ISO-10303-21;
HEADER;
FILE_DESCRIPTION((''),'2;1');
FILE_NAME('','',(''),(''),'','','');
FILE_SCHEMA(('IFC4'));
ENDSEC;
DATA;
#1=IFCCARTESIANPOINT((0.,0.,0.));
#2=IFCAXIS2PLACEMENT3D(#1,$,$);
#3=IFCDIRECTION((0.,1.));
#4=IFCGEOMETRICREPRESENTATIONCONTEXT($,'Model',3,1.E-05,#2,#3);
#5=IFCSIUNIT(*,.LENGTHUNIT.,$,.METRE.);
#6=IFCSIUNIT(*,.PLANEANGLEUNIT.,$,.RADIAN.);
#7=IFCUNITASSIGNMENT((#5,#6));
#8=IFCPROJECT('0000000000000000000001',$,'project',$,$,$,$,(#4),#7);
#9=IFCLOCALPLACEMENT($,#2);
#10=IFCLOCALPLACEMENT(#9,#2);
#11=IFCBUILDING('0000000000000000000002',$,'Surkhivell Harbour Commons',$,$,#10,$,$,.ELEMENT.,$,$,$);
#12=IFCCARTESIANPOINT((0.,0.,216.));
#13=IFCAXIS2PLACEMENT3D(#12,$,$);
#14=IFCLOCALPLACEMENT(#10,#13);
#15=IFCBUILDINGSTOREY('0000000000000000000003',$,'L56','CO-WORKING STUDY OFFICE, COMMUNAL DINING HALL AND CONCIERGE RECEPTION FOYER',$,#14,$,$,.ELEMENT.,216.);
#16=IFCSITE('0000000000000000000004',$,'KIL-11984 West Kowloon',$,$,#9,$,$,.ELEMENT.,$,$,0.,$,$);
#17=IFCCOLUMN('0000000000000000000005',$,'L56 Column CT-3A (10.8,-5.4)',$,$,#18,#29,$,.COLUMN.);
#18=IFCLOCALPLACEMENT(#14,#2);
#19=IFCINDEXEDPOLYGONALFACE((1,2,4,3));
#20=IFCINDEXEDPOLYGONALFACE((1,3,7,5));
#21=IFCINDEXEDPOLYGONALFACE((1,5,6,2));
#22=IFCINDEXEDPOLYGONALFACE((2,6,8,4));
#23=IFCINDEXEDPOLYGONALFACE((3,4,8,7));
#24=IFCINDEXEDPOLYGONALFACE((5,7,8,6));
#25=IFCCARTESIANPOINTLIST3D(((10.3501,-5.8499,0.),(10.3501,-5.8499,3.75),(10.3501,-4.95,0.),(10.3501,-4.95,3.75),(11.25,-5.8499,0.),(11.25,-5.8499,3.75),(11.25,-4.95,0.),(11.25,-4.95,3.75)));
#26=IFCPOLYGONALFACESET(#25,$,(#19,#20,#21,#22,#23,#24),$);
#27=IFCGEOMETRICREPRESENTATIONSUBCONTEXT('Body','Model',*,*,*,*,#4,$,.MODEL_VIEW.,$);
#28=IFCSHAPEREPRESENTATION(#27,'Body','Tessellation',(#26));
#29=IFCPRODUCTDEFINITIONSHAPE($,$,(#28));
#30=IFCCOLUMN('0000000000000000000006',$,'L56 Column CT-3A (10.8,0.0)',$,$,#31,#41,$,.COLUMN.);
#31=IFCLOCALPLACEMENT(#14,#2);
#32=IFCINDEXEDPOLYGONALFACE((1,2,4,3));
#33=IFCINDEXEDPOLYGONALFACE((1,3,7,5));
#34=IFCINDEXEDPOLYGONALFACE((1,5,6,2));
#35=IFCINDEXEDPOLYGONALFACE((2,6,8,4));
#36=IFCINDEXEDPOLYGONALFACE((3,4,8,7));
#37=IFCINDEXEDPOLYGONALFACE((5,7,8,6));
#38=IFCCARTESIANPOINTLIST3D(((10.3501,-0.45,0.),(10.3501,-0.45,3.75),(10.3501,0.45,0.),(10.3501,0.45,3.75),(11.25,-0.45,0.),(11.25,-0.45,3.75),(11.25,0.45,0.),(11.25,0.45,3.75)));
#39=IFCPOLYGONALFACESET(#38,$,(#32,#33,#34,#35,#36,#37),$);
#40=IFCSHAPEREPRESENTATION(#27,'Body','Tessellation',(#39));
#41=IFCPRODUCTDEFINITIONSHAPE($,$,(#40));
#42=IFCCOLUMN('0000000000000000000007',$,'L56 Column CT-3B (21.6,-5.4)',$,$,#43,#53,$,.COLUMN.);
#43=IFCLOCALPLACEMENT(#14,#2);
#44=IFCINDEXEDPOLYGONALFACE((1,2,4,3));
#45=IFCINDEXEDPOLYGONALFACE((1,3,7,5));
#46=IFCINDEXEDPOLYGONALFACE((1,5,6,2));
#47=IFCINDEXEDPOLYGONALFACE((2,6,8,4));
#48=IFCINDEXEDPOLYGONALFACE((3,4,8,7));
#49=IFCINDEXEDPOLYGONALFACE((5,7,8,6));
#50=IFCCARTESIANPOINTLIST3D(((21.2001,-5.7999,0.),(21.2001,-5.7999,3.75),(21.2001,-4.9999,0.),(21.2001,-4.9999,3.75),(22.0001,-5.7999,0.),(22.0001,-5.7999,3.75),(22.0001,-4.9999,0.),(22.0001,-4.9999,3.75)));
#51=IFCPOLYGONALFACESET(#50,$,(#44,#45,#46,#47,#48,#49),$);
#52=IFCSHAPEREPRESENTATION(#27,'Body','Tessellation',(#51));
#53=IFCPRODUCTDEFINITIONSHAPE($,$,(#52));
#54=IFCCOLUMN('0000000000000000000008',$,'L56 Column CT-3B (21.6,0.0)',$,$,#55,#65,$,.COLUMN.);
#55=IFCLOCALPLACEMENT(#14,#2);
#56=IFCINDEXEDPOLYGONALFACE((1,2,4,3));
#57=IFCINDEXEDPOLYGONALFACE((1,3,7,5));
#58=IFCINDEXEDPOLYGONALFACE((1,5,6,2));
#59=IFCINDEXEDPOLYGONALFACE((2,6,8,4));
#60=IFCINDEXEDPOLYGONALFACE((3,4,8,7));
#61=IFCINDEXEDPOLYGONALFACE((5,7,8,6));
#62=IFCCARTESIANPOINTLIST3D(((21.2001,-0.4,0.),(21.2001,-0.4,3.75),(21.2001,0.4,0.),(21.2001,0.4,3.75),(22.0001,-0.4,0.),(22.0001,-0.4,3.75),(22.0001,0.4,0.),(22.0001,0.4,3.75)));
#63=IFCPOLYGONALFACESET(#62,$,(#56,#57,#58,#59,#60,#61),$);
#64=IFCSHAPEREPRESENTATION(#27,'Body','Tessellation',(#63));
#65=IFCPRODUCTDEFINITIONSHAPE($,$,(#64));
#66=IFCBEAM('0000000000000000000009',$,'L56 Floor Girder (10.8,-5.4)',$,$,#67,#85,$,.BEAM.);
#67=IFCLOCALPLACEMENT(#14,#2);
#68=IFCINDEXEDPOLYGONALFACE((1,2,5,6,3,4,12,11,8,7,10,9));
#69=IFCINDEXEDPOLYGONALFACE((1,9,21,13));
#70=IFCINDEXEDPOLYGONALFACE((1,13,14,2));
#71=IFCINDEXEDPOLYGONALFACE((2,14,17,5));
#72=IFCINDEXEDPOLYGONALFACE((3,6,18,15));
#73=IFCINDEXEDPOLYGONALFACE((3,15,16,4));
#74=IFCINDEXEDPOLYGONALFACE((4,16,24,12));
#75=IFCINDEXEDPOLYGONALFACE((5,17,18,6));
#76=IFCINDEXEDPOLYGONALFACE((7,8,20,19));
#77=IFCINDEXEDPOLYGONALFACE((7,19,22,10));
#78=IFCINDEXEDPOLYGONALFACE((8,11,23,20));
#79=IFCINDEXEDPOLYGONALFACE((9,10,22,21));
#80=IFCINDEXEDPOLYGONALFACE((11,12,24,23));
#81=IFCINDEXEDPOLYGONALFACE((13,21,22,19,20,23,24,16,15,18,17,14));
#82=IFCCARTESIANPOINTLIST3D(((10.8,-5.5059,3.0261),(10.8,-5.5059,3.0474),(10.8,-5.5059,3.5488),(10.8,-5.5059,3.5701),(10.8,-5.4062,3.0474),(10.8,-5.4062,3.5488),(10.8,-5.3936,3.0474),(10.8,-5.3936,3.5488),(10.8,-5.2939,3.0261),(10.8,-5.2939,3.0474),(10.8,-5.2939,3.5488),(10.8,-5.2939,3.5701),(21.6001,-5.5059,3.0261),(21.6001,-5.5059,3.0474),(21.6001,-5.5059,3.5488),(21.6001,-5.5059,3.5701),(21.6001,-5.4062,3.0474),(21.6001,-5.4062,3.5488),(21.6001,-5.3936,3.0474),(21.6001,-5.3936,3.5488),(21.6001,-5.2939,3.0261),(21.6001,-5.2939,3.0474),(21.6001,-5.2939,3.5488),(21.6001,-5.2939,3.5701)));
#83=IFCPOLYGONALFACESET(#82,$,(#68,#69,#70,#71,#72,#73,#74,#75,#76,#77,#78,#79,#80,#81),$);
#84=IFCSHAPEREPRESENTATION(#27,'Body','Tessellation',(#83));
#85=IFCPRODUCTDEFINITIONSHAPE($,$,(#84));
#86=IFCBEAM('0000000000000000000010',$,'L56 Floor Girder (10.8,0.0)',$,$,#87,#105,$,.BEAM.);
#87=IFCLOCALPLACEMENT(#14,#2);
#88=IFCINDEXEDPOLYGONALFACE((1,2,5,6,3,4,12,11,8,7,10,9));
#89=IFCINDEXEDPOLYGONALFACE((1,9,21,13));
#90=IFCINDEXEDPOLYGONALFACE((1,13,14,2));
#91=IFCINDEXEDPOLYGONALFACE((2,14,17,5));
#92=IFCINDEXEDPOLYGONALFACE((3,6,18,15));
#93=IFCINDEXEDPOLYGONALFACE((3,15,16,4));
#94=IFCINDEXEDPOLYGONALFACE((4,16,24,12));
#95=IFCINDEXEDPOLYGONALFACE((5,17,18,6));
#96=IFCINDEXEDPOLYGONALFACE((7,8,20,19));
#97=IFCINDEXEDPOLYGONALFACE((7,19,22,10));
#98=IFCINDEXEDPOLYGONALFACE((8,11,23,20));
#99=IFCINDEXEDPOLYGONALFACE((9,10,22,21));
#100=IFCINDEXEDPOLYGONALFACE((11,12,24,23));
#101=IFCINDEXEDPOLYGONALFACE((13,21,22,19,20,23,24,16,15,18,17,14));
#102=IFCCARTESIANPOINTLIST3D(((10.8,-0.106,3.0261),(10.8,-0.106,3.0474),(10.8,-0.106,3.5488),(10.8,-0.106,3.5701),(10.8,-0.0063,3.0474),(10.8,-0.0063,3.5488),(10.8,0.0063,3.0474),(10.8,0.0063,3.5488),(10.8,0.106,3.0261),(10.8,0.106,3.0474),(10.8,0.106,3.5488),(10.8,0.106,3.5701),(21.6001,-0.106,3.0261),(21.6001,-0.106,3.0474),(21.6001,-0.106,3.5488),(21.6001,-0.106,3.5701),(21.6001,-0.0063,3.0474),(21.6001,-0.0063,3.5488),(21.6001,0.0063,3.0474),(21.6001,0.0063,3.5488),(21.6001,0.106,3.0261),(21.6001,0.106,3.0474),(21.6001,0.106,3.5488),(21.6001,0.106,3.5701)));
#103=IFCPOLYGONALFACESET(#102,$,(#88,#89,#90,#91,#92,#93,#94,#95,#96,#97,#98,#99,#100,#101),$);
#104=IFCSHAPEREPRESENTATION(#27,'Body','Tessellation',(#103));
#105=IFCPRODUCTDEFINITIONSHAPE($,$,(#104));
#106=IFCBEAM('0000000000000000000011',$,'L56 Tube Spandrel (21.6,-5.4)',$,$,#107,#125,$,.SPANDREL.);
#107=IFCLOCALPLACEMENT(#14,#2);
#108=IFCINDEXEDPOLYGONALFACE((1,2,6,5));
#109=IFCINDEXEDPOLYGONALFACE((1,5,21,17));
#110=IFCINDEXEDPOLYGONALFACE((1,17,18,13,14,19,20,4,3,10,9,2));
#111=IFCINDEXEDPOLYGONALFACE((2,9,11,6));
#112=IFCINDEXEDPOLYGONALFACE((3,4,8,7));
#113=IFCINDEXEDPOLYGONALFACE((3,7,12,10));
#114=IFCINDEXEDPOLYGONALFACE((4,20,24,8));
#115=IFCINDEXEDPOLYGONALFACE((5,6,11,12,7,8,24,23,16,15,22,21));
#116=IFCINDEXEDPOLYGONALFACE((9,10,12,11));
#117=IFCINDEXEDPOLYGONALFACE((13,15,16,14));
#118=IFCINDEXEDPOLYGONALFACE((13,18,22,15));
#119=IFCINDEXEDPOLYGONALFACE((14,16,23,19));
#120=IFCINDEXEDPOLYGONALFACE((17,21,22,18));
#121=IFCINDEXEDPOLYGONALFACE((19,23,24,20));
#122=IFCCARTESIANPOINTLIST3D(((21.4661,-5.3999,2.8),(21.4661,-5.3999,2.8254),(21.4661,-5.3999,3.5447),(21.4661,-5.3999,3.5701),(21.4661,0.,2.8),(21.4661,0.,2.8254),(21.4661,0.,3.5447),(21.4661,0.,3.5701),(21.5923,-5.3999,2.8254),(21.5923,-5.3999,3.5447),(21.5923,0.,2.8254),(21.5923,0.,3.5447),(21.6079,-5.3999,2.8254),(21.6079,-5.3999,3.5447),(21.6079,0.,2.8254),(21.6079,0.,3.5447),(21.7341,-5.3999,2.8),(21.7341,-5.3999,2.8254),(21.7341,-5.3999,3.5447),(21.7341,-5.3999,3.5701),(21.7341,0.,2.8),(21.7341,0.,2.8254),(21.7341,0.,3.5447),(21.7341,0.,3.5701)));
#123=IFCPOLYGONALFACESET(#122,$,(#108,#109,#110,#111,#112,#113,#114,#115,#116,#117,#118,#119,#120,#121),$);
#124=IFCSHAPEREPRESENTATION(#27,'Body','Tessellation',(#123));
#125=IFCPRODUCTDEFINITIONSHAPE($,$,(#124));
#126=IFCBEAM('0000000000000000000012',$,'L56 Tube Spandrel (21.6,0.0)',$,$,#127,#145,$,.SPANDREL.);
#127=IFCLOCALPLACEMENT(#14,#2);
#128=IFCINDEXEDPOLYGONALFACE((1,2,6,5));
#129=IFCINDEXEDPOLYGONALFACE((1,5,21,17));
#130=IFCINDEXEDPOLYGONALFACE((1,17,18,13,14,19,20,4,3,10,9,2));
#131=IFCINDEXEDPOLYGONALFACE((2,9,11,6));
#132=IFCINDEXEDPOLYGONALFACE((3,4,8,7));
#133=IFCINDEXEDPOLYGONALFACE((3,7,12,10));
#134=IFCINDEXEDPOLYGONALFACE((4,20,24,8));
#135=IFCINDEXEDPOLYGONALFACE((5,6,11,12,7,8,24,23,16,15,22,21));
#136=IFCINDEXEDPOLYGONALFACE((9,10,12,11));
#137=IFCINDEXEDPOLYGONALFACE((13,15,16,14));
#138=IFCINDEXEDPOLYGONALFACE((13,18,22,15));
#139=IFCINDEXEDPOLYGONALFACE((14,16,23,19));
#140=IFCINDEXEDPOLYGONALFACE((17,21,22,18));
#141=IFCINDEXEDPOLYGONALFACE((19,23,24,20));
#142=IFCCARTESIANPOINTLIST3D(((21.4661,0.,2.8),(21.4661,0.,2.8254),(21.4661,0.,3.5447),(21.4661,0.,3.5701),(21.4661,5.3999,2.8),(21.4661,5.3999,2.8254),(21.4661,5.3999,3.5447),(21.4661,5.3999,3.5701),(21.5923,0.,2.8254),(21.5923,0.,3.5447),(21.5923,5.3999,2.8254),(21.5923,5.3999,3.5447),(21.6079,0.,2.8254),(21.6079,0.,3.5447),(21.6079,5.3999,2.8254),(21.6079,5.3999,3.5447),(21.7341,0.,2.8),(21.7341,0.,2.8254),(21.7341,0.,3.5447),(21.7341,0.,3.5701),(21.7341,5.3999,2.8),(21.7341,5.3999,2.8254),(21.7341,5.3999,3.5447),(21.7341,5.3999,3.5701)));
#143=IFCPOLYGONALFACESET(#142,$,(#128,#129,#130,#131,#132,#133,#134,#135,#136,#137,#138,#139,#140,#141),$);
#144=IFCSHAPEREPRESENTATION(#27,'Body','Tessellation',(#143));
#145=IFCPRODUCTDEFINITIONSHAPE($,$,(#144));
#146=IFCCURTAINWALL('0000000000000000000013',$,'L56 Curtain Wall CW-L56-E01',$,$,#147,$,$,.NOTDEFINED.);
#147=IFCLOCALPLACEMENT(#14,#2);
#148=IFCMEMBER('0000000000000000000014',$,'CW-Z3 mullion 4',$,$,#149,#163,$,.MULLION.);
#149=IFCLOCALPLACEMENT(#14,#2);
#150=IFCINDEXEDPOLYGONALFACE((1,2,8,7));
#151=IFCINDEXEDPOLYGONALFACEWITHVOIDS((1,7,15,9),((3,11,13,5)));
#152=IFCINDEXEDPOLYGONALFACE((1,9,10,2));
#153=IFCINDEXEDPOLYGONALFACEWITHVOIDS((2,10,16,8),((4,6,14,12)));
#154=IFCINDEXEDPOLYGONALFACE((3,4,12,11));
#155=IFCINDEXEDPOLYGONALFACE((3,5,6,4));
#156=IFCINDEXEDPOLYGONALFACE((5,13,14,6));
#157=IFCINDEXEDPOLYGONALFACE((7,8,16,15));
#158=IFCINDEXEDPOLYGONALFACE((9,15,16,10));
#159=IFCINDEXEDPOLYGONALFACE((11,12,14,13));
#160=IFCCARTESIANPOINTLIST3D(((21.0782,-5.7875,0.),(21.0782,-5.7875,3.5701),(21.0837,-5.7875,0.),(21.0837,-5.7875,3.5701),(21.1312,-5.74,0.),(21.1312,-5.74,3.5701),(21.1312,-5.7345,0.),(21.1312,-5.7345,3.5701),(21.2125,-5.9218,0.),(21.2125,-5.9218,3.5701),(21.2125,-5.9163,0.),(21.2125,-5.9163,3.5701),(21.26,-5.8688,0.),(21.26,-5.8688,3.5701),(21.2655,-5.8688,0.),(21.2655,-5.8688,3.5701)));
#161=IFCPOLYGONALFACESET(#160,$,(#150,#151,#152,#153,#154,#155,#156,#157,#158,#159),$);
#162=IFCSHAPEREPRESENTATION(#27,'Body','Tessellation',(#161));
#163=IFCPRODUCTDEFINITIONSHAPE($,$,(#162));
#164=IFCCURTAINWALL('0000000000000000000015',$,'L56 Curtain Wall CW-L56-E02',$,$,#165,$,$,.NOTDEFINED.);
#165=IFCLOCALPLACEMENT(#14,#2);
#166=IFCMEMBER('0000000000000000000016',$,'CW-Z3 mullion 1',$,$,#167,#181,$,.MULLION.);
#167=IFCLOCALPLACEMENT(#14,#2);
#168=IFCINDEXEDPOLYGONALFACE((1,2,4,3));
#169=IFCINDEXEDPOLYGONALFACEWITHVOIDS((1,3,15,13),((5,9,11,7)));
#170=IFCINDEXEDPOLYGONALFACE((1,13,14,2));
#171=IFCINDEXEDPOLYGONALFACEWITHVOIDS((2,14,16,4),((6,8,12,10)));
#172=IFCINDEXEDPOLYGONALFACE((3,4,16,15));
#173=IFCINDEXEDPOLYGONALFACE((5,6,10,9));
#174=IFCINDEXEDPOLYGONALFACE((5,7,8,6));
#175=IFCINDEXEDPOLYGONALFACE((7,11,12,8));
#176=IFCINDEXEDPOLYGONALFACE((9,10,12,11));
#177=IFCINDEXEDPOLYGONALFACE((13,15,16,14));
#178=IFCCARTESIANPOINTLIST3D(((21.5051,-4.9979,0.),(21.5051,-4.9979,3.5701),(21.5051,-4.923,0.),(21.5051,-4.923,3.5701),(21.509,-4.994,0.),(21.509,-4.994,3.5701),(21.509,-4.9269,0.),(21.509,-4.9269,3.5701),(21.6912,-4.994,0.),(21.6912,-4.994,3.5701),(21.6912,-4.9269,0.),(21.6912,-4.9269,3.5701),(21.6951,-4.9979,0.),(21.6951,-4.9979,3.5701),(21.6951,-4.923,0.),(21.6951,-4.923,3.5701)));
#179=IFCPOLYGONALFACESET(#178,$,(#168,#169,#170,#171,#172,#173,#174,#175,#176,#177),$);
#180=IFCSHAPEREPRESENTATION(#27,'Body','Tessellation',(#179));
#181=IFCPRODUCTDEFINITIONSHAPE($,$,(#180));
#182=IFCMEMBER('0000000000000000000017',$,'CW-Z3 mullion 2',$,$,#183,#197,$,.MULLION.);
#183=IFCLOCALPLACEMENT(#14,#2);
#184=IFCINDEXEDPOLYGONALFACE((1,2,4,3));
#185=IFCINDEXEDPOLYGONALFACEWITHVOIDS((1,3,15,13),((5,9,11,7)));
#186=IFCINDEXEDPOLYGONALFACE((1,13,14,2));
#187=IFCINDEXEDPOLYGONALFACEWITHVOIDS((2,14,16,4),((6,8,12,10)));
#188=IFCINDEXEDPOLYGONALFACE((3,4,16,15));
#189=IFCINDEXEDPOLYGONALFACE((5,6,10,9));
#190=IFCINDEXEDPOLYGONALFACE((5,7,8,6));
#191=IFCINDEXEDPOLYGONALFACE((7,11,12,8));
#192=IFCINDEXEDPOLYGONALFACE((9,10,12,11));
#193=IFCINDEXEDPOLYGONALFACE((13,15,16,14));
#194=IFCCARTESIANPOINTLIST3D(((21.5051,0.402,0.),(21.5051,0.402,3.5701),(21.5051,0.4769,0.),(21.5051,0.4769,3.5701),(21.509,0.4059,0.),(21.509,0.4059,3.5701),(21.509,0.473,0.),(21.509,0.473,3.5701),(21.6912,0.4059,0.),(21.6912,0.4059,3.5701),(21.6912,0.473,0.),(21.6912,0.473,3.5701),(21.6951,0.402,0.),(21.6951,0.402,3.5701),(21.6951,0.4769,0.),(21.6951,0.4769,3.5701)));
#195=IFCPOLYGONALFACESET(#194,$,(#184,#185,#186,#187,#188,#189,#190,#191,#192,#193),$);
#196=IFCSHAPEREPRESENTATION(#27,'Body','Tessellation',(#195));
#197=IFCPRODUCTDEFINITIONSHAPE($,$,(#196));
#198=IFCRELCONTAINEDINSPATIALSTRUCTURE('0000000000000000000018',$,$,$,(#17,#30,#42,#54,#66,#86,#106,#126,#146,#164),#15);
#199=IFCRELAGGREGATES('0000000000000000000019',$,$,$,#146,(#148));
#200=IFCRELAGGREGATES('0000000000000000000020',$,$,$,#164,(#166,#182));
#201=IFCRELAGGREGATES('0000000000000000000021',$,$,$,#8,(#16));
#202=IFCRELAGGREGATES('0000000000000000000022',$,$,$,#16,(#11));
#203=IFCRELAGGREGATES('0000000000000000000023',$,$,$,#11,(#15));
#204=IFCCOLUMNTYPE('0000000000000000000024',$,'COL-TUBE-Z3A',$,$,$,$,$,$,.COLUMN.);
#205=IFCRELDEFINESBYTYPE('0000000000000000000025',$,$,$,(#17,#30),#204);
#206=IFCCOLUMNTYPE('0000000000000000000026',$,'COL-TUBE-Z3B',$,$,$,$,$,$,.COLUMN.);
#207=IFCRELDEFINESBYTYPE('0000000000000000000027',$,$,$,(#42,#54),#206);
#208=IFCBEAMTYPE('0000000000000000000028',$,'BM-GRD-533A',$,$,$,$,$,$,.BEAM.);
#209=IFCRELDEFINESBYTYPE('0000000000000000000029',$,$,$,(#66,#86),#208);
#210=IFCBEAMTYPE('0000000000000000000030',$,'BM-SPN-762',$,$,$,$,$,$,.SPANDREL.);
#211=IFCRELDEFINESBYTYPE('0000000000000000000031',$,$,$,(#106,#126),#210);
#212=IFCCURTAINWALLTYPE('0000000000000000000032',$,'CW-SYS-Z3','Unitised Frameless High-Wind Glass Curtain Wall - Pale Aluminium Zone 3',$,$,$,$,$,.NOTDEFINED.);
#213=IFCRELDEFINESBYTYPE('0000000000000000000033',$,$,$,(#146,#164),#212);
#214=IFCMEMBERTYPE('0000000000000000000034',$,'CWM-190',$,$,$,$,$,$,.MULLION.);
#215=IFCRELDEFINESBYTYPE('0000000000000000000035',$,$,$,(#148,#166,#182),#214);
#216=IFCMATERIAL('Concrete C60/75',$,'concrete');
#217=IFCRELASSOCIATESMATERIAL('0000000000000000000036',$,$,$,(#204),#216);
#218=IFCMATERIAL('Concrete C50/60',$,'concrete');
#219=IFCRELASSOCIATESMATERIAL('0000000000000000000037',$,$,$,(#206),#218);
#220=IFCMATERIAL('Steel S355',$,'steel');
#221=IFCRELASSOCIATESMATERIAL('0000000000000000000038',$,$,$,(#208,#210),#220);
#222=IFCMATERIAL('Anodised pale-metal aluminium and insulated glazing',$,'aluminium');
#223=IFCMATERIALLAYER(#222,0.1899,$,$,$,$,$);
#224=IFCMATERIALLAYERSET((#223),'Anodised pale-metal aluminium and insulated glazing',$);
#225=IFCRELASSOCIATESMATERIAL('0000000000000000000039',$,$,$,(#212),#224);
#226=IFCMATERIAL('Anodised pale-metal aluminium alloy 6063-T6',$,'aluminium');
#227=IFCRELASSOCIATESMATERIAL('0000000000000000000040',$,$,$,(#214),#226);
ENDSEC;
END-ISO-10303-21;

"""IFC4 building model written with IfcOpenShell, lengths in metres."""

from ifc_helpers import new_model, si_unit, direction, frame, origin, origin_2d, place, context, subcontext, project, spatial, rectangle, hollow_rectangle, i_section, extrude, material, layer, layer_set, material_profile, profile_set, type_object, element, aggregate, save


model = new_model("IFC4")

# Units and contexts
model_context = context("Model", 3, precision=1e-05, world=origin(), true_north=direction((0.0, 1.0)))
body_context = subcontext(model_context, "Body", "Model", "MODEL_VIEW")
ifc_project = project(units=[si_unit("LENGTHUNIT", "METRE"), si_unit("PLANEANGLEUNIT", "RADIAN")], contexts=[model_context])

# Site, building, storey
site_placement = place(None, origin())
site = spatial("IfcSite", under=ifc_project, at=site_placement, Name="KIL-11984 West Kowloon", CompositionType="ELEMENT", RefElevation=0.0)
building_placement = place(site_placement, origin())
building = spatial("IfcBuilding", under=site, at=building_placement, Name="Surkhivell Harbour Commons", CompositionType="ELEMENT")
storey_placement = place(building_placement, frame((0.0, 0.0, 216.0)))
storey = spatial("IfcBuildingStorey", under=building, at=storey_placement, Name="L56", Description="CO-WORKING STUDY OFFICE, COMMUNAL DINING HALL AND CONCIERGE RECEPTION FOYER", CompositionType="ELEMENT", Elevation=216.0)

# Columns
ifc_material_1 = material(Name="Concrete C60/75", Category="concrete")
ifc_material_profile_1 = material_profile(ifc_material_1, rectangle(XDim=0.8999, YDim=0.8999, at=origin_2d()), Name="RC-COL-900x900")
ifc_profile_set_1 = profile_set([ifc_material_profile_1], Name="Concrete C60/75")
column_type_1 = type_object("IfcColumnType", Name="COL-TUBE-Z3A", PredefinedType="COLUMN", material=ifc_profile_set_1)
for number, where, z_axis, x_axis, name in (
    (1, (10.8, -5.3999, 0.0), (0.0, 0.0, 1.0), (1.0, 0.0, 0.0), "L56 Column CT-3A (10.8,-5.4)"),
    (2, (10.8, 0.0, 0.0), (0.0, 0.0, 1.0), (1.0, 0.0, 0.0), "L56 Column CT-3A (10.8,0.0)"),
):
    element("IfcColumn", number, at=place(storey_placement, frame(where, z_axis=z_axis, x_axis=x_axis)), inside=storey, type_object=column_type_1, Name=name, PredefinedType="COLUMN", context=body_context, shape_type="SweptSolid", body=[
        extrude(rectangle(XDim=0.8999, YDim=0.8999, at=origin_2d()), origin(), (0.0, 0.0, 1.0), 3.75),
    ])
ifc_material_2 = material(Name="Concrete C50/60", Category="concrete")
ifc_material_profile_2 = material_profile(ifc_material_2, rectangle(XDim=0.8, YDim=0.8, at=origin_2d()), Name="RC-COL-800x800")
ifc_profile_set_2 = profile_set([ifc_material_profile_2], Name="Concrete C50/60")
column_type_2 = type_object("IfcColumnType", Name="COL-TUBE-Z3B", PredefinedType="COLUMN", material=ifc_profile_set_2)
for number, where, z_axis, x_axis, name in (
    (3, (21.6001, -5.3999, 0.0), (0.0, 0.0, 1.0), (1.0, 0.0, 0.0), "L56 Column CT-3B (21.6,-5.4)"),
    (4, (21.6001, 0.0, 0.0), (0.0, 0.0, 1.0), (1.0, 0.0, 0.0), "L56 Column CT-3B (21.6,0.0)"),
):
    element("IfcColumn", number, at=place(storey_placement, frame(where, z_axis=z_axis, x_axis=x_axis)), inside=storey, type_object=column_type_2, Name=name, PredefinedType="COLUMN", context=body_context, shape_type="SweptSolid", body=[
        extrude(rectangle(XDim=0.8, YDim=0.8, at=origin_2d()), origin(), (0.0, 0.0, 1.0), 3.75),
    ])

# Beams
ifc_material_3 = material(Name="Steel S355", Category="steel")
ifc_material_profile_3 = material_profile(ifc_material_3, i_section(OverallWidth=0.2119, OverallDepth=0.5439, WebThickness=0.0127, FlangeThickness=0.0212, at=origin_2d()), Name="UB533x210x122")
ifc_profile_set_3 = profile_set([ifc_material_profile_3], Name="Steel S355")
beam_type_1 = type_object("IfcBeamType", Name="BM-GRD-533A", PredefinedType="BEAM", material=ifc_profile_set_3)
for number, where, z_axis, x_axis, name in (
    (5, (10.8, -5.3999, 3.2981), (1.0, 0.0, 0.0), (0.0, 1.0, 0.0), "L56 Floor Girder (10.8,-5.4)"),
    (6, (10.8, 0.0, 3.2981), (1.0, 0.0, 0.0), (0.0, 1.0, 0.0), "L56 Floor Girder (10.8,0.0)"),
):
    element("IfcBeam", number, at=place(storey_placement, frame(where, z_axis=z_axis, x_axis=x_axis)), inside=storey, type_object=beam_type_1, Name=name, PredefinedType="BEAM", context=body_context, shape_type="SweptSolid", body=[
        extrude(i_section(OverallWidth=0.2119, OverallDepth=0.5439, WebThickness=0.0127, FlangeThickness=0.0212, at=origin_2d()), origin(), (0.0, 0.0, 1.0), 10.8),
    ])
ifc_material_profile_4 = material_profile(ifc_material_3, i_section(OverallWidth=0.2681, OverallDepth=0.77, WebThickness=0.0156, FlangeThickness=0.0254, at=origin_2d()), Name="UB762x267x197")
ifc_profile_set_4 = profile_set([ifc_material_profile_4], Name="Steel S355")
beam_type_2 = type_object("IfcBeamType", Name="BM-SPN-762", PredefinedType="SPANDREL", material=ifc_profile_set_4)
for number, where, z_axis, x_axis, name in (
    (7, (21.6001, -5.3999, 3.1851), (0.0, 1.0, 0.0), (-1.0, 0.0, 0.0), "L56 Tube Spandrel (21.6,-5.4)"),
    (8, (21.6001, 0.0, 3.1851), (0.0, 1.0, 0.0), (-1.0, 0.0, 0.0), "L56 Tube Spandrel (21.6,0.0)"),
):
    element("IfcBeam", number, at=place(storey_placement, frame(where, z_axis=z_axis, x_axis=x_axis)), inside=storey, type_object=beam_type_2, Name=name, PredefinedType="SPANDREL", context=body_context, shape_type="SweptSolid", body=[
        extrude(i_section(OverallWidth=0.2681, OverallDepth=0.77, WebThickness=0.0156, FlangeThickness=0.0254, at=origin_2d()), origin(), (0.0, 0.0, 1.0), 5.3999),
    ])

# Curtain wall, member
ifc_material_4 = material(Name="Anodised pale-metal aluminium and insulated glazing", Category="aluminium")
ifc_layer_1 = layer(ifc_material_4, 0.1899)
ifc_layer_set_1 = layer_set([ifc_layer_1], Name="Anodised pale-metal aluminium and insulated glazing")
curtain_wall_type = type_object("IfcCurtainWallType", Name="CW-SYS-Z3", Description="Unitised Frameless High-Wind Glass Curtain Wall - Pale Aluminium Zone 3", PredefinedType="NOTDEFINED", material=ifc_layer_set_1)
curtain_wall_1_placement = place(storey_placement, origin())
curtain_wall_1 = element("IfcCurtainWall", 9, at=curtain_wall_1_placement, inside=storey, type_object=curtain_wall_type, Name="L56 Curtain Wall CW-L56-E01", PredefinedType="NOTDEFINED")
ifc_material_5 = material(Name="Anodised pale-metal aluminium alloy 6063-T6", Category="aluminium")
ifc_material_profile_5 = material_profile(ifc_material_5, hollow_rectangle(XDim=0.075, YDim=0.1899, WallThickness=0.0039, at=origin_2d()), Name="ALU-MULL-75x190")
ifc_profile_set_5 = profile_set([ifc_material_profile_5], Name="Anodised pale-metal aluminium alloy 6063-T6")
member_type_1 = type_object("IfcMemberType", Name="CWM-190", PredefinedType="MULLION", material=ifc_profile_set_5)
member_1_placement = place(storey_placement, frame((21.1719, -5.8281, 0.0), z_axis=(0.0, 0.0, 1.0), x_axis=(0.707107, 0.707107, 0.0)))
member_1 = element("IfcMember", 10, at=member_1_placement, type_object=member_type_1, Name="CW-Z3 mullion 4", PredefinedType="MULLION", context=body_context, shape_type="SweptSolid", body=[
    extrude(hollow_rectangle(XDim=0.075, YDim=0.1899, WallThickness=0.0039, at=origin_2d()), origin(), (0.0, 0.0, 1.0), 3.5701),
])
aggregate(curtain_wall_1, [member_1])

# Curtain wall, members
curtain_wall_2_placement = place(storey_placement, origin())
curtain_wall_2 = element("IfcCurtainWall", 11, at=curtain_wall_2_placement, inside=storey, type_object=curtain_wall_type, Name="L56 Curtain Wall CW-L56-E02", PredefinedType="NOTDEFINED")
member_2_placement = place(storey_placement, frame((21.6001, -4.9604, 0.0), z_axis=(0.0, 0.0, 1.0), x_axis=(0.0, 1.0, 0.0)))
member_2 = element("IfcMember", 12, at=member_2_placement, type_object=member_type_1, Name="CW-Z3 mullion 1", PredefinedType="MULLION", context=body_context, shape_type="SweptSolid", body=[
    extrude(hollow_rectangle(XDim=0.075, YDim=0.1899, WallThickness=0.0039, at=origin_2d()), origin(), (0.0, 0.0, 1.0), 3.5701),
])
member_3_placement = place(storey_placement, frame((21.6001, 0.4395, 0.0), z_axis=(0.0, 0.0, 1.0), x_axis=(0.0, 1.0, 0.0)))
member_3 = element("IfcMember", 13, at=member_3_placement, type_object=member_type_1, Name="CW-Z3 mullion 2", PredefinedType="MULLION", context=body_context, shape_type="SweptSolid", body=[
    extrude(hollow_rectangle(XDim=0.075, YDim=0.1899, WallThickness=0.0039, at=origin_2d()), origin(), (0.0, 0.0, 1.0), 3.5701),
])
aggregate(curtain_wall_2, [member_2, member_3])

save(model, "model.ifc")
